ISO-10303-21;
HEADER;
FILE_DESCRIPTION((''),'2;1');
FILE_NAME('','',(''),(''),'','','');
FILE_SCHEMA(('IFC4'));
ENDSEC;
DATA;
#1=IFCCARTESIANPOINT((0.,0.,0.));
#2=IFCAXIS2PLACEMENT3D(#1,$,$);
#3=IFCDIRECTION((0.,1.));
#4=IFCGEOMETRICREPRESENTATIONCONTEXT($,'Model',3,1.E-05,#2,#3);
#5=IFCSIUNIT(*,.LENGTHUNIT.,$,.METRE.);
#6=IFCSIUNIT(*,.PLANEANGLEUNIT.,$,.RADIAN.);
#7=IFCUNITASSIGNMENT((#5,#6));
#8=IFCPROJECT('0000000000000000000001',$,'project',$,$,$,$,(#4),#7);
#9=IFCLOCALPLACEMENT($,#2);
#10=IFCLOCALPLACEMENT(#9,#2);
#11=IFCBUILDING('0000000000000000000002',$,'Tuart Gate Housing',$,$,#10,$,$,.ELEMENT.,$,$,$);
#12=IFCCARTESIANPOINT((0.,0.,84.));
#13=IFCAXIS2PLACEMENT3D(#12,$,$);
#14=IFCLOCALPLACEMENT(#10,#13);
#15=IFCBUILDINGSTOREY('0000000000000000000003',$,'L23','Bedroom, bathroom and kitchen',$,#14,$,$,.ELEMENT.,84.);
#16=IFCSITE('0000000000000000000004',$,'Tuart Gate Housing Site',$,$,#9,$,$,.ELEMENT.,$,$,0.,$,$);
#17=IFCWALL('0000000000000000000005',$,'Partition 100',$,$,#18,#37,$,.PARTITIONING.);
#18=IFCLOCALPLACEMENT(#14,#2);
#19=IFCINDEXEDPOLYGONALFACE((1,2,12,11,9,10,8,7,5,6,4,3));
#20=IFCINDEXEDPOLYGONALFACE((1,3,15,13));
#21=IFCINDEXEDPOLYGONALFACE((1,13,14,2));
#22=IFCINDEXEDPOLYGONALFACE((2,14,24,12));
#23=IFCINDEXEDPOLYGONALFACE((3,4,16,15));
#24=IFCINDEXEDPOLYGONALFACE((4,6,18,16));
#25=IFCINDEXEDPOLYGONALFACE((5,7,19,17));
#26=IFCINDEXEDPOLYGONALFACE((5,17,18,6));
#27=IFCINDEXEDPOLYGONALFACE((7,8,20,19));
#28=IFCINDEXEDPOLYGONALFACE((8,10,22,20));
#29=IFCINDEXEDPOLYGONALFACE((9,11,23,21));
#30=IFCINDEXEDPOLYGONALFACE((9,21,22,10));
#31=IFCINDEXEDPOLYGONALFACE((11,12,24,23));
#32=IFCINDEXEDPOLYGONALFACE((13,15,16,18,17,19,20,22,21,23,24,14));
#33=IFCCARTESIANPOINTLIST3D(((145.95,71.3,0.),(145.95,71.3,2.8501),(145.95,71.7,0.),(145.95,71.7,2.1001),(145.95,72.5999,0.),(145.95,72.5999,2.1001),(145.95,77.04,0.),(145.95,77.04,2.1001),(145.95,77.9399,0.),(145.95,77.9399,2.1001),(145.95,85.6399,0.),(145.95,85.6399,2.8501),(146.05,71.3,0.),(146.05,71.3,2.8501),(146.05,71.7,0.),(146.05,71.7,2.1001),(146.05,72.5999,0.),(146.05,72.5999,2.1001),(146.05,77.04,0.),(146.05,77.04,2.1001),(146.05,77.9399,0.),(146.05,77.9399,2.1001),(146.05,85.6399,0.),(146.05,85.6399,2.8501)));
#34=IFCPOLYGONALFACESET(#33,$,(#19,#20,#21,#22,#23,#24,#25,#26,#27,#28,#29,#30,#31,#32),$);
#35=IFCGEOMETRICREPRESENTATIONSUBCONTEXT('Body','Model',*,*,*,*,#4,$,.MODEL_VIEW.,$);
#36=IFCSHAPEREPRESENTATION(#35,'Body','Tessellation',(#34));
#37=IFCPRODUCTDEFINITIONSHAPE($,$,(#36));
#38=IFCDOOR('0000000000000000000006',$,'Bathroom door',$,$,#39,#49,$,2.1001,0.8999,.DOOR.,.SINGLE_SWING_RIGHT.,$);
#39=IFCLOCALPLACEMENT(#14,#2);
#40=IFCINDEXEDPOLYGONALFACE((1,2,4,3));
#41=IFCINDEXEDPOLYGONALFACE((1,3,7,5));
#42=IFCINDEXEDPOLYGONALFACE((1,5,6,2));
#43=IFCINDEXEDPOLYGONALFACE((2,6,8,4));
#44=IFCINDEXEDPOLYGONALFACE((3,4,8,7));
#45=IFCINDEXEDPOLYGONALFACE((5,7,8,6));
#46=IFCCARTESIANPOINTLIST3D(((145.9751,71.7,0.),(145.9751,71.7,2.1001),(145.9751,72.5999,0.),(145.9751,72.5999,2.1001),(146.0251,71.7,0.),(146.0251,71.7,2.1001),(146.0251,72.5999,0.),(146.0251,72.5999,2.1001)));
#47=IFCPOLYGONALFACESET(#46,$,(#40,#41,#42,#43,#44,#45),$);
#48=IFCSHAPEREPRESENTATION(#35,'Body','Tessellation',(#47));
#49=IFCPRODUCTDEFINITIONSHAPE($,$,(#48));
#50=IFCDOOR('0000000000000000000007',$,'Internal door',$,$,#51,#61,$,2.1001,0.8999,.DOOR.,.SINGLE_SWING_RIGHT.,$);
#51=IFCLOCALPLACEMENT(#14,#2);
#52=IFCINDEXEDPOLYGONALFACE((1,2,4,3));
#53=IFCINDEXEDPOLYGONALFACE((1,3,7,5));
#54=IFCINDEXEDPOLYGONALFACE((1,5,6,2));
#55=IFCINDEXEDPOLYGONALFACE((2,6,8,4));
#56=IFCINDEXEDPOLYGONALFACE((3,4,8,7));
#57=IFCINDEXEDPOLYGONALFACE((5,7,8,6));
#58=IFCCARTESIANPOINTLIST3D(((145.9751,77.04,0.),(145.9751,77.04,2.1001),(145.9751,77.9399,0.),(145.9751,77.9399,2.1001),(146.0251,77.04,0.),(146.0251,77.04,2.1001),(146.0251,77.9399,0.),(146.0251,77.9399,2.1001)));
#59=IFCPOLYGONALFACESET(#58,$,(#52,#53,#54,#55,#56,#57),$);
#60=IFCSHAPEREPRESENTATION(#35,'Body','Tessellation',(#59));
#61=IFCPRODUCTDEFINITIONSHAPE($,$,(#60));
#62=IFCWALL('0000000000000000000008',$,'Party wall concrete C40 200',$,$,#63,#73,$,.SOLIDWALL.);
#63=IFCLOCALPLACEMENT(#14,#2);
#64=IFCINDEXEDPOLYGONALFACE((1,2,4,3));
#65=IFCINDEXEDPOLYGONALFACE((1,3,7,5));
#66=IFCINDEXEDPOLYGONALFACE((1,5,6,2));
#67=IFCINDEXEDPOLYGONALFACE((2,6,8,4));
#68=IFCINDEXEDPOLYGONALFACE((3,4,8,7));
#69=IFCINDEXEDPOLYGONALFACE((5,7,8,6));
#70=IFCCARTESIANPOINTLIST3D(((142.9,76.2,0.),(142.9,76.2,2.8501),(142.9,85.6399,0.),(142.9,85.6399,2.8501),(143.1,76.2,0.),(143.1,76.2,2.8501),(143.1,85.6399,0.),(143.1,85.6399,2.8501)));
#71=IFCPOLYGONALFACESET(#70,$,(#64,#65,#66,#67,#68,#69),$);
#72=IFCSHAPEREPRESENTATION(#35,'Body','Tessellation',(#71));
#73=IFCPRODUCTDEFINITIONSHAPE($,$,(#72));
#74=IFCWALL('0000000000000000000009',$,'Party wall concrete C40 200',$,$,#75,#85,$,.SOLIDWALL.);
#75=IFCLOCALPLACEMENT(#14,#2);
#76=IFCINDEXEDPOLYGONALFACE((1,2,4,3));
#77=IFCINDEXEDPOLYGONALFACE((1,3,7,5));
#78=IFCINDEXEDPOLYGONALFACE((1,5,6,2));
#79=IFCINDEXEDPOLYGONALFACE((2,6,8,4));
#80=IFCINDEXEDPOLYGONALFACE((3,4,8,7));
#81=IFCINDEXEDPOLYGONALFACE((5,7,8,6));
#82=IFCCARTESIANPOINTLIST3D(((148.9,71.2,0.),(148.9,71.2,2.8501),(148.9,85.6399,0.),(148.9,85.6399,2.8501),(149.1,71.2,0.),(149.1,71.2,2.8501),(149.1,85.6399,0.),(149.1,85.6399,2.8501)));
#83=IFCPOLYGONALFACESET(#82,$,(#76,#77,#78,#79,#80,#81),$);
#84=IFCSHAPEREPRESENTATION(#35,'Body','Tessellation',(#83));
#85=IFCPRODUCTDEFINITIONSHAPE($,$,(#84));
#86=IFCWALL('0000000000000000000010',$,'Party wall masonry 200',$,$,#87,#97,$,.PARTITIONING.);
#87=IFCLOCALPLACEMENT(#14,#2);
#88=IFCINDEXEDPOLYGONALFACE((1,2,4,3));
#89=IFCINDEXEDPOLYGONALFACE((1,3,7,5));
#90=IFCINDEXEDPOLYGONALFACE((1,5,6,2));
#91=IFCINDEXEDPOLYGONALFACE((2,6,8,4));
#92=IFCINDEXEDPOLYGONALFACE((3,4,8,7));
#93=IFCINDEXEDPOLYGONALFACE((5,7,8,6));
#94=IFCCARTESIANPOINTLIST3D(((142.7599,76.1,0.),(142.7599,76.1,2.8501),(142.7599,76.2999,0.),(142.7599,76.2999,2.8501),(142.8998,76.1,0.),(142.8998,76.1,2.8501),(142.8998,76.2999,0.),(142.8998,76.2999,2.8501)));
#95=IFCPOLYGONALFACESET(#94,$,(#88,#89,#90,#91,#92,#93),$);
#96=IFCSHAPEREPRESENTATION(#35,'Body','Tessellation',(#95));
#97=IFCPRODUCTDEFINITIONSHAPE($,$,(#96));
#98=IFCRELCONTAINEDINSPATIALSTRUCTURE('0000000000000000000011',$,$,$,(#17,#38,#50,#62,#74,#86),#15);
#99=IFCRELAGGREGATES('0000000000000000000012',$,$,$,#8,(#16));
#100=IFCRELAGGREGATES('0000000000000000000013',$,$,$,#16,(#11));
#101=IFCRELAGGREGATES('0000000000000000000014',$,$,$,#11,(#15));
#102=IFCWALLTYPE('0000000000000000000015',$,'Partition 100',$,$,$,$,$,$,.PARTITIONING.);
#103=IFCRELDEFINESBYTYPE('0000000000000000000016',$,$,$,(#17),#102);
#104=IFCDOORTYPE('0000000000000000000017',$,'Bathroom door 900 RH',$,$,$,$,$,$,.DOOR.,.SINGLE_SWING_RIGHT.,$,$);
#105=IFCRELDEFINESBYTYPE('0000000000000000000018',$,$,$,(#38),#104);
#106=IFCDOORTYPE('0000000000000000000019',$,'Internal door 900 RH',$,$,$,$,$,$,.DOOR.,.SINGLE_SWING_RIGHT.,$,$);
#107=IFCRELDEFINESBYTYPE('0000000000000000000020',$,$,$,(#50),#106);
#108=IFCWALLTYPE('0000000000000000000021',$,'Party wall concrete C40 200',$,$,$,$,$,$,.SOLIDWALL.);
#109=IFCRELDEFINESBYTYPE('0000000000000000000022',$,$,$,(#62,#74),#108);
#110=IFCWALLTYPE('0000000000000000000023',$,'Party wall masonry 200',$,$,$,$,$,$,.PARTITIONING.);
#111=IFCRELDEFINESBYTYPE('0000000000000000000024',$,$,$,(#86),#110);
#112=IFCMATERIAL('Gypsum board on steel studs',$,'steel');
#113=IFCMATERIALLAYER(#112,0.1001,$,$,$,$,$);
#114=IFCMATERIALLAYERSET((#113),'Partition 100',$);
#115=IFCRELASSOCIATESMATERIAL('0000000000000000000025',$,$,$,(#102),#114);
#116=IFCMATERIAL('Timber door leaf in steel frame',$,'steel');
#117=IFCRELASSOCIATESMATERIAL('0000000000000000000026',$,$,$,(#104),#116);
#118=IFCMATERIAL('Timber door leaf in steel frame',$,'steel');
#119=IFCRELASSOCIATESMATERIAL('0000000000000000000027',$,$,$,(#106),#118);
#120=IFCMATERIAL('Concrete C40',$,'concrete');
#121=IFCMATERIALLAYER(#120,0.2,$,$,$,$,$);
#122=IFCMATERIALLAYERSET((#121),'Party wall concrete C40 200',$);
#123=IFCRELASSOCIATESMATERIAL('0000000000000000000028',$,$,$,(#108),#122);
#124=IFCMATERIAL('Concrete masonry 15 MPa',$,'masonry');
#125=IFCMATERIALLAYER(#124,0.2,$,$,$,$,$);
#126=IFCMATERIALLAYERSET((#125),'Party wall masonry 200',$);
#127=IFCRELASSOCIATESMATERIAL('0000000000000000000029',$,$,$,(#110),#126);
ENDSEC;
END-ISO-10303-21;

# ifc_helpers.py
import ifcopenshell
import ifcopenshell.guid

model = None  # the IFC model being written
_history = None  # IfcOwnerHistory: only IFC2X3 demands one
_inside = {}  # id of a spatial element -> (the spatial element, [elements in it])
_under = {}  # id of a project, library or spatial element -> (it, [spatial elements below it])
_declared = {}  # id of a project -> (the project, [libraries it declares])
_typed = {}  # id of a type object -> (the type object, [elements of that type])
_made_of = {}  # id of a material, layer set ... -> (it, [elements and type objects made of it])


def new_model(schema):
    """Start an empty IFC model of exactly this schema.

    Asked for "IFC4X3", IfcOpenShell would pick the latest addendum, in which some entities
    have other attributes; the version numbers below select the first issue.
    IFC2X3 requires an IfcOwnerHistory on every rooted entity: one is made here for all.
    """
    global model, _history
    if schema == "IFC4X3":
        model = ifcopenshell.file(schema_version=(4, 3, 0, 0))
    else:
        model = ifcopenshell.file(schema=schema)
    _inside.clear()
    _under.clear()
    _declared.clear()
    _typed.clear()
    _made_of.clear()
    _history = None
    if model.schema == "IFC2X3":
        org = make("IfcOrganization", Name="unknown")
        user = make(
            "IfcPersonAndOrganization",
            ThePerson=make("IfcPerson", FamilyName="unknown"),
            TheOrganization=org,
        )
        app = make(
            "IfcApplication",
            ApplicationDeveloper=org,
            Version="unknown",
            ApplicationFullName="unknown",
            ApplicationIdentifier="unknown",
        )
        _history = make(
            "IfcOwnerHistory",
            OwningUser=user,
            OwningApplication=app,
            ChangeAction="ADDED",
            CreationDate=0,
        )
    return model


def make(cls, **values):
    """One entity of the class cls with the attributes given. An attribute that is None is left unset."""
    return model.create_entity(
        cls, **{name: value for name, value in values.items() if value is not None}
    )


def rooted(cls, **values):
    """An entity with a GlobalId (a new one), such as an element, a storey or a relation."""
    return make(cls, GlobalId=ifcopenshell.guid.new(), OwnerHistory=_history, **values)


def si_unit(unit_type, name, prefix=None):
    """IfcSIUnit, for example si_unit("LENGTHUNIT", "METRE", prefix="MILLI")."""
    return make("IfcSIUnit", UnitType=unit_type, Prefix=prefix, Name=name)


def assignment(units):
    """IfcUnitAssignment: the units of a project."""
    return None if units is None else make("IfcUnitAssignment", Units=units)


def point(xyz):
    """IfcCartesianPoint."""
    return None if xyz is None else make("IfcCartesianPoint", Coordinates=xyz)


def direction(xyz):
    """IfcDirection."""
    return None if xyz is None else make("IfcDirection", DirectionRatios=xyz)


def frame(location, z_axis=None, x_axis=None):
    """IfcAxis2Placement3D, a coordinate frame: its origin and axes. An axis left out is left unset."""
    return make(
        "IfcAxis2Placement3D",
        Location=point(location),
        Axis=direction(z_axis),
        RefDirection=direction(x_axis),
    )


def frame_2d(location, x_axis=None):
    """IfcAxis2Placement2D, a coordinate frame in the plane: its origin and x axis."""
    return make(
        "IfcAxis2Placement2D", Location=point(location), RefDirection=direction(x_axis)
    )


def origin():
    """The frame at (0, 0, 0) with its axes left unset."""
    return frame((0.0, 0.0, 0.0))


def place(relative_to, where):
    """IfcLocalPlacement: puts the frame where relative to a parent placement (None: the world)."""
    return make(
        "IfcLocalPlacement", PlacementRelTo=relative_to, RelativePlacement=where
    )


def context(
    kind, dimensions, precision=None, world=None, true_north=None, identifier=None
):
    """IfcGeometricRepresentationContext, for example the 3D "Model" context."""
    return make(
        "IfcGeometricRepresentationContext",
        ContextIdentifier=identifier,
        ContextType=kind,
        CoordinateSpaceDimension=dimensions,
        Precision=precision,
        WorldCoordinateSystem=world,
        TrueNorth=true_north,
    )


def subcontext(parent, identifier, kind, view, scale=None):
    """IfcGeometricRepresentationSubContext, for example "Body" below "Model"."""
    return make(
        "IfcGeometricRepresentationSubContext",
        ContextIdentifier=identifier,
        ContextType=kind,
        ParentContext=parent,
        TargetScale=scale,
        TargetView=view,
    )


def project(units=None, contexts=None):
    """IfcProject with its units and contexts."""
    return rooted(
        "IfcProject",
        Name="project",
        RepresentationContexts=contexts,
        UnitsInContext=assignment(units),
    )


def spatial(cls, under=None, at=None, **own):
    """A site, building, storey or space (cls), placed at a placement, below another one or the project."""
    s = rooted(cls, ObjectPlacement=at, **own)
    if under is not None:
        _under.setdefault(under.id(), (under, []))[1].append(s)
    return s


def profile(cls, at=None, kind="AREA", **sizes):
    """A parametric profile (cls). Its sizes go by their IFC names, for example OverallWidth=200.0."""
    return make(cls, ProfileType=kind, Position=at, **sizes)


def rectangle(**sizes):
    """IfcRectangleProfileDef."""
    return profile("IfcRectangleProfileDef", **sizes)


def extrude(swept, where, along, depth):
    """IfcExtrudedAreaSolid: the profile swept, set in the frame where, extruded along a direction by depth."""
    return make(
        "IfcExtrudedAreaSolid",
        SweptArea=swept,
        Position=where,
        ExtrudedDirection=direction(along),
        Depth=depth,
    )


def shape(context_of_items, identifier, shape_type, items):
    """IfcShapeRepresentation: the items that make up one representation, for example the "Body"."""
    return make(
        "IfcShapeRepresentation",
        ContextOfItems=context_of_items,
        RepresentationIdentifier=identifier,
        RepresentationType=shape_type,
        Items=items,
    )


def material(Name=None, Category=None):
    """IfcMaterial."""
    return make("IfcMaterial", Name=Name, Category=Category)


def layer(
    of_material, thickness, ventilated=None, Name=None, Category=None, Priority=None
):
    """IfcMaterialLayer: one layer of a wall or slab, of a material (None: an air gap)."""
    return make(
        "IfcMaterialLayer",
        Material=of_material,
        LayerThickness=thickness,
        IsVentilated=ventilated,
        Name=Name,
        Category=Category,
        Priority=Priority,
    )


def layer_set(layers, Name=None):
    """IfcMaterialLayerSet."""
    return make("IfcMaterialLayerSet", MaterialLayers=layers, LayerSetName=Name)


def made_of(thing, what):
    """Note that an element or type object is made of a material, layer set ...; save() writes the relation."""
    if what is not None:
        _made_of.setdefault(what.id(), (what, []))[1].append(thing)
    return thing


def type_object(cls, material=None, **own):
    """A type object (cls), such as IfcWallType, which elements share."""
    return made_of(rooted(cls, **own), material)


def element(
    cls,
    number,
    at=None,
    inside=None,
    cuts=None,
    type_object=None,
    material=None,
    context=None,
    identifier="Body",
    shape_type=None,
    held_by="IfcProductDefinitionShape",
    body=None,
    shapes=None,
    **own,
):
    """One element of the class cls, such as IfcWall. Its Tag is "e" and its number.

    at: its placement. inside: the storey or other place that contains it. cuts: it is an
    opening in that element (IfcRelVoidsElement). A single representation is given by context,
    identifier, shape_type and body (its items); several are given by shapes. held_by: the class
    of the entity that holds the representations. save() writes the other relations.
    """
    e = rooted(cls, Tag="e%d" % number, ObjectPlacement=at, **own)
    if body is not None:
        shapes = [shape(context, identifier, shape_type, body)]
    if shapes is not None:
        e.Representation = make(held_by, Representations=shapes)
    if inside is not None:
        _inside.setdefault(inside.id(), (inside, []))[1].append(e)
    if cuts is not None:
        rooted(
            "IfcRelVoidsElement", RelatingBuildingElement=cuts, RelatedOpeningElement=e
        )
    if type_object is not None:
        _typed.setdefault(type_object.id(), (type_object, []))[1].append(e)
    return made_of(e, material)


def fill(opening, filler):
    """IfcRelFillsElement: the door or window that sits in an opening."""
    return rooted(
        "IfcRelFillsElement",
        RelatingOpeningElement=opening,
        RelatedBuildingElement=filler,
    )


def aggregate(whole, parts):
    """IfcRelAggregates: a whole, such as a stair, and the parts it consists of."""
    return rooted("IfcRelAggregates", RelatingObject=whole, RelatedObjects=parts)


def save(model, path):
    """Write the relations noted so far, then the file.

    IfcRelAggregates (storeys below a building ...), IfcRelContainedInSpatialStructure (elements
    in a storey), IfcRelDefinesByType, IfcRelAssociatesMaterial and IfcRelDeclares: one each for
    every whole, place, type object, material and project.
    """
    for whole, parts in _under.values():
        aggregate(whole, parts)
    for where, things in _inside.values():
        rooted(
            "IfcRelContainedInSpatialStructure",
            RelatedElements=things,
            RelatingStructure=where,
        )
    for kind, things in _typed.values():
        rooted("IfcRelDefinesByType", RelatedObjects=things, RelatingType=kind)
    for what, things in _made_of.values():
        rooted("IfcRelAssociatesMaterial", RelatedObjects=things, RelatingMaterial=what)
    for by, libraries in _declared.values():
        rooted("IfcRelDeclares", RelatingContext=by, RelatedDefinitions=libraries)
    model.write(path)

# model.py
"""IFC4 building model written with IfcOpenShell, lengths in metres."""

from ifc_helpers import new_model, si_unit, direction, frame, frame_2d, origin, place, context, subcontext, project, spatial, rectangle, extrude, material, layer, layer_set, type_object, element, fill, save


model = new_model("IFC4")

# Units and contexts
model_context = context("Model", 3, precision=1e-05, world=origin(), true_north=direction((0.0, 1.0)))
body_context = subcontext(model_context, "Body", "Model", "MODEL_VIEW")
ifc_project = project(units=[si_unit("LENGTHUNIT", "METRE"), si_unit("PLANEANGLEUNIT", "RADIAN")], contexts=[model_context])

# Site, building, storey
site_placement = place(None, origin())
site = spatial("IfcSite", under=ifc_project, at=site_placement, Name="Tuart Gate Housing Site", CompositionType="ELEMENT", RefElevation=0.0)
building_placement = place(site_placement, origin())
building = spatial("IfcBuilding", under=site, at=building_placement, Name="Tuart Gate Housing", CompositionType="ELEMENT")
storey_placement = place(building_placement, frame((0.0, 0.0, 84.0)))
storey = spatial("IfcBuildingStorey", under=building, at=storey_placement, Name="L23", Description="Bedroom, bathroom and kitchen", CompositionType="ELEMENT", Elevation=84.0)

# Shared definitions
ifc_material_1 = material(Name="Gypsum board on steel studs", Category="steel")
ifc_layer_1 = layer(ifc_material_1, 0.1001)
ifc_layer_set_1 = layer_set([ifc_layer_1], Name="Partition 100")
wall_type_1 = type_object("IfcWallType", Name="Partition 100", PredefinedType="PARTITIONING", material=ifc_layer_set_1)

# Wall, openings, doors
wall_1_placement = place(storey_placement, frame((146.0, 71.3, 0.0), z_axis=(0.0, 0.0, 1.0), x_axis=(0.0, 1.0, 0.0)))
wall_1 = element("IfcWall", 1, at=wall_1_placement, inside=storey, type_object=wall_type_1, Name="Partition 100", PredefinedType="PARTITIONING", context=body_context, shape_type="SweptSolid", body=[
    extrude(rectangle(XDim=14.3398, YDim=0.1001, at=frame_2d((7.1699, 0.0))), origin(), (0.0, 0.0, 1.0), 2.8501),
])
opening_1_placement = place(wall_1_placement, frame((5.74, 0.0, 0.0)))
opening_1 = element("IfcOpeningElement", 2, at=opening_1_placement, cuts=wall_1, PredefinedType="OPENING", context=body_context, shape_type="SweptSolid", body=[
    extrude(rectangle(XDim=0.8999, YDim=2.1001, at=frame_2d((0.45, 1.05))), frame((0.0, 0.0601, 0.0), z_axis=(0.0, -1.0, 0.0), x_axis=(1.0, 0.0, 0.0)), (0.0, 0.0, 1.0), 0.1201),
])
opening_2_placement = place(wall_1_placement, frame((0.3999, 0.0, 0.0)))
opening_2 = element("IfcOpeningElement", 3, at=opening_2_placement, cuts=wall_1, PredefinedType="OPENING", context=body_context, shape_type="SweptSolid", body=[
    extrude(rectangle(XDim=0.8999, YDim=2.1001, at=frame_2d((0.45, 1.05))), frame((0.0, 0.0601, 0.0), z_axis=(0.0, -1.0, 0.0), x_axis=(1.0, 0.0, 0.0)), (0.0, 0.0, 1.0), 0.1201),
])
ifc_material_2 = material(Name="Timber door leaf in steel frame", Category="steel")
door_type_1 = type_object("IfcDoorType", Name="Bathroom door 900 RH", OperationType="SINGLE_SWING_RIGHT", PredefinedType="DOOR", material=ifc_material_2)
door_1_placement = place(opening_2_placement, frame((0.8999, 0.0, 0.0), z_axis=(0.0, 0.0, 1.0), x_axis=(-1.0, 0.0, 0.0)))
door_1 = element("IfcDoor", 4, at=door_1_placement, inside=storey, type_object=door_type_1, Name="Bathroom door", OperationType="SINGLE_SWING_RIGHT", OverallHeight=2.1001, OverallWidth=0.8999, PredefinedType="DOOR", context=body_context, shape_type="SweptSolid", body=[
    extrude(rectangle(XDim=0.8999, YDim=2.1001, at=frame_2d((0.45, 1.05))), frame((0.0, 0.0251, 0.0), z_axis=(0.0, -1.0, 0.0), x_axis=(1.0, 0.0, 0.0)), (0.0, 0.0, 1.0), 0.05),
])
fill(opening_2, door_1)
ifc_material_3 = material(Name="Timber door leaf in steel frame", Category="steel")
door_type_2 = type_object("IfcDoorType", Name="Internal door 900 RH", OperationType="SINGLE_SWING_RIGHT", PredefinedType="DOOR", material=ifc_material_3)
door_2_placement = place(opening_1_placement, frame((0.8999, 0.0, 0.0), z_axis=(0.0, 0.0, 1.0), x_axis=(-1.0, 0.0, 0.0)))
door_2 = element("IfcDoor", 5, at=door_2_placement, inside=storey, type_object=door_type_2, Name="Internal door", OperationType="SINGLE_SWING_RIGHT", OverallHeight=2.1001, OverallWidth=0.8999, PredefinedType="DOOR", context=body_context, shape_type="SweptSolid", body=[
    extrude(rectangle(XDim=0.8999, YDim=2.1001, at=frame_2d((0.45, 1.05))), frame((0.0, 0.0251, 0.0), z_axis=(0.0, -1.0, 0.0), x_axis=(1.0, 0.0, 0.0)), (0.0, 0.0, 1.0), 0.05),
])
fill(opening_1, door_2)

# Walls
ifc_material_4 = material(Name="Concrete C40", Category="concrete")
ifc_layer_2 = layer(ifc_material_4, 0.2)
ifc_layer_set_2 = layer_set([ifc_layer_2], Name="Party wall concrete C40 200")
wall_type_2 = type_object("IfcWallType", Name="Party wall concrete C40 200", PredefinedType="SOLIDWALL", material=ifc_layer_set_2)
wall_2_placement = place(storey_placement, frame((143.0, 76.2, 0.0), z_axis=(0.0, 0.0, 1.0), x_axis=(0.0, 1.0, 0.0)))
element("IfcWall", 6, at=wall_2_placement, inside=storey, type_object=wall_type_2, Name="Party wall concrete C40 200", PredefinedType="SOLIDWALL", context=body_context, shape_type="SweptSolid", body=[
    extrude(rectangle(XDim=9.4399, YDim=0.2, at=frame_2d((4.72, 0.0))), origin(), (0.0, 0.0, 1.0), 2.8501),
])
wall_3_placement = place(storey_placement, frame((149.0, 71.2, 0.0), z_axis=(0.0, 0.0, 1.0), x_axis=(0.0, 1.0, 0.0)))
element("IfcWall", 7, at=wall_3_placement, inside=storey, type_object=wall_type_2, Name="Party wall concrete C40 200", PredefinedType="SOLIDWALL", context=body_context, shape_type="SweptSolid", body=[
    extrude(rectangle(XDim=14.4399, YDim=0.2, at=frame_2d((7.22, 0.0))), origin(), (0.0, 0.0, 1.0), 2.8501),
])
ifc_material_5 = material(Name="Concrete masonry 15 MPa", Category="masonry")
ifc_layer_3 = layer(ifc_material_5, 0.2)
ifc_layer_set_3 = layer_set([ifc_layer_3], Name="Party wall masonry 200")
wall_type_3 = type_object("IfcWallType", Name="Party wall masonry 200", PredefinedType="PARTITIONING", material=ifc_layer_set_3)
wall_4_placement = place(storey_placement, frame((142.76, 76.2, 0.0), z_axis=(0.0, 0.0, 1.0), x_axis=(1.0, 0.0, 0.0)))
element("IfcWall", 8, at=wall_4_placement, inside=storey, type_object=wall_type_3, Name="Party wall masonry 200", PredefinedType="PARTITIONING", context=body_context, shape_type="SweptSolid", body=[
    extrude(rectangle(XDim=0.1399, YDim=0.2, at=frame_2d((0.0698, 0.0))), origin(), (0.0, 0.0, 1.0), 2.8501),
])

save(model, "model.ifc")
